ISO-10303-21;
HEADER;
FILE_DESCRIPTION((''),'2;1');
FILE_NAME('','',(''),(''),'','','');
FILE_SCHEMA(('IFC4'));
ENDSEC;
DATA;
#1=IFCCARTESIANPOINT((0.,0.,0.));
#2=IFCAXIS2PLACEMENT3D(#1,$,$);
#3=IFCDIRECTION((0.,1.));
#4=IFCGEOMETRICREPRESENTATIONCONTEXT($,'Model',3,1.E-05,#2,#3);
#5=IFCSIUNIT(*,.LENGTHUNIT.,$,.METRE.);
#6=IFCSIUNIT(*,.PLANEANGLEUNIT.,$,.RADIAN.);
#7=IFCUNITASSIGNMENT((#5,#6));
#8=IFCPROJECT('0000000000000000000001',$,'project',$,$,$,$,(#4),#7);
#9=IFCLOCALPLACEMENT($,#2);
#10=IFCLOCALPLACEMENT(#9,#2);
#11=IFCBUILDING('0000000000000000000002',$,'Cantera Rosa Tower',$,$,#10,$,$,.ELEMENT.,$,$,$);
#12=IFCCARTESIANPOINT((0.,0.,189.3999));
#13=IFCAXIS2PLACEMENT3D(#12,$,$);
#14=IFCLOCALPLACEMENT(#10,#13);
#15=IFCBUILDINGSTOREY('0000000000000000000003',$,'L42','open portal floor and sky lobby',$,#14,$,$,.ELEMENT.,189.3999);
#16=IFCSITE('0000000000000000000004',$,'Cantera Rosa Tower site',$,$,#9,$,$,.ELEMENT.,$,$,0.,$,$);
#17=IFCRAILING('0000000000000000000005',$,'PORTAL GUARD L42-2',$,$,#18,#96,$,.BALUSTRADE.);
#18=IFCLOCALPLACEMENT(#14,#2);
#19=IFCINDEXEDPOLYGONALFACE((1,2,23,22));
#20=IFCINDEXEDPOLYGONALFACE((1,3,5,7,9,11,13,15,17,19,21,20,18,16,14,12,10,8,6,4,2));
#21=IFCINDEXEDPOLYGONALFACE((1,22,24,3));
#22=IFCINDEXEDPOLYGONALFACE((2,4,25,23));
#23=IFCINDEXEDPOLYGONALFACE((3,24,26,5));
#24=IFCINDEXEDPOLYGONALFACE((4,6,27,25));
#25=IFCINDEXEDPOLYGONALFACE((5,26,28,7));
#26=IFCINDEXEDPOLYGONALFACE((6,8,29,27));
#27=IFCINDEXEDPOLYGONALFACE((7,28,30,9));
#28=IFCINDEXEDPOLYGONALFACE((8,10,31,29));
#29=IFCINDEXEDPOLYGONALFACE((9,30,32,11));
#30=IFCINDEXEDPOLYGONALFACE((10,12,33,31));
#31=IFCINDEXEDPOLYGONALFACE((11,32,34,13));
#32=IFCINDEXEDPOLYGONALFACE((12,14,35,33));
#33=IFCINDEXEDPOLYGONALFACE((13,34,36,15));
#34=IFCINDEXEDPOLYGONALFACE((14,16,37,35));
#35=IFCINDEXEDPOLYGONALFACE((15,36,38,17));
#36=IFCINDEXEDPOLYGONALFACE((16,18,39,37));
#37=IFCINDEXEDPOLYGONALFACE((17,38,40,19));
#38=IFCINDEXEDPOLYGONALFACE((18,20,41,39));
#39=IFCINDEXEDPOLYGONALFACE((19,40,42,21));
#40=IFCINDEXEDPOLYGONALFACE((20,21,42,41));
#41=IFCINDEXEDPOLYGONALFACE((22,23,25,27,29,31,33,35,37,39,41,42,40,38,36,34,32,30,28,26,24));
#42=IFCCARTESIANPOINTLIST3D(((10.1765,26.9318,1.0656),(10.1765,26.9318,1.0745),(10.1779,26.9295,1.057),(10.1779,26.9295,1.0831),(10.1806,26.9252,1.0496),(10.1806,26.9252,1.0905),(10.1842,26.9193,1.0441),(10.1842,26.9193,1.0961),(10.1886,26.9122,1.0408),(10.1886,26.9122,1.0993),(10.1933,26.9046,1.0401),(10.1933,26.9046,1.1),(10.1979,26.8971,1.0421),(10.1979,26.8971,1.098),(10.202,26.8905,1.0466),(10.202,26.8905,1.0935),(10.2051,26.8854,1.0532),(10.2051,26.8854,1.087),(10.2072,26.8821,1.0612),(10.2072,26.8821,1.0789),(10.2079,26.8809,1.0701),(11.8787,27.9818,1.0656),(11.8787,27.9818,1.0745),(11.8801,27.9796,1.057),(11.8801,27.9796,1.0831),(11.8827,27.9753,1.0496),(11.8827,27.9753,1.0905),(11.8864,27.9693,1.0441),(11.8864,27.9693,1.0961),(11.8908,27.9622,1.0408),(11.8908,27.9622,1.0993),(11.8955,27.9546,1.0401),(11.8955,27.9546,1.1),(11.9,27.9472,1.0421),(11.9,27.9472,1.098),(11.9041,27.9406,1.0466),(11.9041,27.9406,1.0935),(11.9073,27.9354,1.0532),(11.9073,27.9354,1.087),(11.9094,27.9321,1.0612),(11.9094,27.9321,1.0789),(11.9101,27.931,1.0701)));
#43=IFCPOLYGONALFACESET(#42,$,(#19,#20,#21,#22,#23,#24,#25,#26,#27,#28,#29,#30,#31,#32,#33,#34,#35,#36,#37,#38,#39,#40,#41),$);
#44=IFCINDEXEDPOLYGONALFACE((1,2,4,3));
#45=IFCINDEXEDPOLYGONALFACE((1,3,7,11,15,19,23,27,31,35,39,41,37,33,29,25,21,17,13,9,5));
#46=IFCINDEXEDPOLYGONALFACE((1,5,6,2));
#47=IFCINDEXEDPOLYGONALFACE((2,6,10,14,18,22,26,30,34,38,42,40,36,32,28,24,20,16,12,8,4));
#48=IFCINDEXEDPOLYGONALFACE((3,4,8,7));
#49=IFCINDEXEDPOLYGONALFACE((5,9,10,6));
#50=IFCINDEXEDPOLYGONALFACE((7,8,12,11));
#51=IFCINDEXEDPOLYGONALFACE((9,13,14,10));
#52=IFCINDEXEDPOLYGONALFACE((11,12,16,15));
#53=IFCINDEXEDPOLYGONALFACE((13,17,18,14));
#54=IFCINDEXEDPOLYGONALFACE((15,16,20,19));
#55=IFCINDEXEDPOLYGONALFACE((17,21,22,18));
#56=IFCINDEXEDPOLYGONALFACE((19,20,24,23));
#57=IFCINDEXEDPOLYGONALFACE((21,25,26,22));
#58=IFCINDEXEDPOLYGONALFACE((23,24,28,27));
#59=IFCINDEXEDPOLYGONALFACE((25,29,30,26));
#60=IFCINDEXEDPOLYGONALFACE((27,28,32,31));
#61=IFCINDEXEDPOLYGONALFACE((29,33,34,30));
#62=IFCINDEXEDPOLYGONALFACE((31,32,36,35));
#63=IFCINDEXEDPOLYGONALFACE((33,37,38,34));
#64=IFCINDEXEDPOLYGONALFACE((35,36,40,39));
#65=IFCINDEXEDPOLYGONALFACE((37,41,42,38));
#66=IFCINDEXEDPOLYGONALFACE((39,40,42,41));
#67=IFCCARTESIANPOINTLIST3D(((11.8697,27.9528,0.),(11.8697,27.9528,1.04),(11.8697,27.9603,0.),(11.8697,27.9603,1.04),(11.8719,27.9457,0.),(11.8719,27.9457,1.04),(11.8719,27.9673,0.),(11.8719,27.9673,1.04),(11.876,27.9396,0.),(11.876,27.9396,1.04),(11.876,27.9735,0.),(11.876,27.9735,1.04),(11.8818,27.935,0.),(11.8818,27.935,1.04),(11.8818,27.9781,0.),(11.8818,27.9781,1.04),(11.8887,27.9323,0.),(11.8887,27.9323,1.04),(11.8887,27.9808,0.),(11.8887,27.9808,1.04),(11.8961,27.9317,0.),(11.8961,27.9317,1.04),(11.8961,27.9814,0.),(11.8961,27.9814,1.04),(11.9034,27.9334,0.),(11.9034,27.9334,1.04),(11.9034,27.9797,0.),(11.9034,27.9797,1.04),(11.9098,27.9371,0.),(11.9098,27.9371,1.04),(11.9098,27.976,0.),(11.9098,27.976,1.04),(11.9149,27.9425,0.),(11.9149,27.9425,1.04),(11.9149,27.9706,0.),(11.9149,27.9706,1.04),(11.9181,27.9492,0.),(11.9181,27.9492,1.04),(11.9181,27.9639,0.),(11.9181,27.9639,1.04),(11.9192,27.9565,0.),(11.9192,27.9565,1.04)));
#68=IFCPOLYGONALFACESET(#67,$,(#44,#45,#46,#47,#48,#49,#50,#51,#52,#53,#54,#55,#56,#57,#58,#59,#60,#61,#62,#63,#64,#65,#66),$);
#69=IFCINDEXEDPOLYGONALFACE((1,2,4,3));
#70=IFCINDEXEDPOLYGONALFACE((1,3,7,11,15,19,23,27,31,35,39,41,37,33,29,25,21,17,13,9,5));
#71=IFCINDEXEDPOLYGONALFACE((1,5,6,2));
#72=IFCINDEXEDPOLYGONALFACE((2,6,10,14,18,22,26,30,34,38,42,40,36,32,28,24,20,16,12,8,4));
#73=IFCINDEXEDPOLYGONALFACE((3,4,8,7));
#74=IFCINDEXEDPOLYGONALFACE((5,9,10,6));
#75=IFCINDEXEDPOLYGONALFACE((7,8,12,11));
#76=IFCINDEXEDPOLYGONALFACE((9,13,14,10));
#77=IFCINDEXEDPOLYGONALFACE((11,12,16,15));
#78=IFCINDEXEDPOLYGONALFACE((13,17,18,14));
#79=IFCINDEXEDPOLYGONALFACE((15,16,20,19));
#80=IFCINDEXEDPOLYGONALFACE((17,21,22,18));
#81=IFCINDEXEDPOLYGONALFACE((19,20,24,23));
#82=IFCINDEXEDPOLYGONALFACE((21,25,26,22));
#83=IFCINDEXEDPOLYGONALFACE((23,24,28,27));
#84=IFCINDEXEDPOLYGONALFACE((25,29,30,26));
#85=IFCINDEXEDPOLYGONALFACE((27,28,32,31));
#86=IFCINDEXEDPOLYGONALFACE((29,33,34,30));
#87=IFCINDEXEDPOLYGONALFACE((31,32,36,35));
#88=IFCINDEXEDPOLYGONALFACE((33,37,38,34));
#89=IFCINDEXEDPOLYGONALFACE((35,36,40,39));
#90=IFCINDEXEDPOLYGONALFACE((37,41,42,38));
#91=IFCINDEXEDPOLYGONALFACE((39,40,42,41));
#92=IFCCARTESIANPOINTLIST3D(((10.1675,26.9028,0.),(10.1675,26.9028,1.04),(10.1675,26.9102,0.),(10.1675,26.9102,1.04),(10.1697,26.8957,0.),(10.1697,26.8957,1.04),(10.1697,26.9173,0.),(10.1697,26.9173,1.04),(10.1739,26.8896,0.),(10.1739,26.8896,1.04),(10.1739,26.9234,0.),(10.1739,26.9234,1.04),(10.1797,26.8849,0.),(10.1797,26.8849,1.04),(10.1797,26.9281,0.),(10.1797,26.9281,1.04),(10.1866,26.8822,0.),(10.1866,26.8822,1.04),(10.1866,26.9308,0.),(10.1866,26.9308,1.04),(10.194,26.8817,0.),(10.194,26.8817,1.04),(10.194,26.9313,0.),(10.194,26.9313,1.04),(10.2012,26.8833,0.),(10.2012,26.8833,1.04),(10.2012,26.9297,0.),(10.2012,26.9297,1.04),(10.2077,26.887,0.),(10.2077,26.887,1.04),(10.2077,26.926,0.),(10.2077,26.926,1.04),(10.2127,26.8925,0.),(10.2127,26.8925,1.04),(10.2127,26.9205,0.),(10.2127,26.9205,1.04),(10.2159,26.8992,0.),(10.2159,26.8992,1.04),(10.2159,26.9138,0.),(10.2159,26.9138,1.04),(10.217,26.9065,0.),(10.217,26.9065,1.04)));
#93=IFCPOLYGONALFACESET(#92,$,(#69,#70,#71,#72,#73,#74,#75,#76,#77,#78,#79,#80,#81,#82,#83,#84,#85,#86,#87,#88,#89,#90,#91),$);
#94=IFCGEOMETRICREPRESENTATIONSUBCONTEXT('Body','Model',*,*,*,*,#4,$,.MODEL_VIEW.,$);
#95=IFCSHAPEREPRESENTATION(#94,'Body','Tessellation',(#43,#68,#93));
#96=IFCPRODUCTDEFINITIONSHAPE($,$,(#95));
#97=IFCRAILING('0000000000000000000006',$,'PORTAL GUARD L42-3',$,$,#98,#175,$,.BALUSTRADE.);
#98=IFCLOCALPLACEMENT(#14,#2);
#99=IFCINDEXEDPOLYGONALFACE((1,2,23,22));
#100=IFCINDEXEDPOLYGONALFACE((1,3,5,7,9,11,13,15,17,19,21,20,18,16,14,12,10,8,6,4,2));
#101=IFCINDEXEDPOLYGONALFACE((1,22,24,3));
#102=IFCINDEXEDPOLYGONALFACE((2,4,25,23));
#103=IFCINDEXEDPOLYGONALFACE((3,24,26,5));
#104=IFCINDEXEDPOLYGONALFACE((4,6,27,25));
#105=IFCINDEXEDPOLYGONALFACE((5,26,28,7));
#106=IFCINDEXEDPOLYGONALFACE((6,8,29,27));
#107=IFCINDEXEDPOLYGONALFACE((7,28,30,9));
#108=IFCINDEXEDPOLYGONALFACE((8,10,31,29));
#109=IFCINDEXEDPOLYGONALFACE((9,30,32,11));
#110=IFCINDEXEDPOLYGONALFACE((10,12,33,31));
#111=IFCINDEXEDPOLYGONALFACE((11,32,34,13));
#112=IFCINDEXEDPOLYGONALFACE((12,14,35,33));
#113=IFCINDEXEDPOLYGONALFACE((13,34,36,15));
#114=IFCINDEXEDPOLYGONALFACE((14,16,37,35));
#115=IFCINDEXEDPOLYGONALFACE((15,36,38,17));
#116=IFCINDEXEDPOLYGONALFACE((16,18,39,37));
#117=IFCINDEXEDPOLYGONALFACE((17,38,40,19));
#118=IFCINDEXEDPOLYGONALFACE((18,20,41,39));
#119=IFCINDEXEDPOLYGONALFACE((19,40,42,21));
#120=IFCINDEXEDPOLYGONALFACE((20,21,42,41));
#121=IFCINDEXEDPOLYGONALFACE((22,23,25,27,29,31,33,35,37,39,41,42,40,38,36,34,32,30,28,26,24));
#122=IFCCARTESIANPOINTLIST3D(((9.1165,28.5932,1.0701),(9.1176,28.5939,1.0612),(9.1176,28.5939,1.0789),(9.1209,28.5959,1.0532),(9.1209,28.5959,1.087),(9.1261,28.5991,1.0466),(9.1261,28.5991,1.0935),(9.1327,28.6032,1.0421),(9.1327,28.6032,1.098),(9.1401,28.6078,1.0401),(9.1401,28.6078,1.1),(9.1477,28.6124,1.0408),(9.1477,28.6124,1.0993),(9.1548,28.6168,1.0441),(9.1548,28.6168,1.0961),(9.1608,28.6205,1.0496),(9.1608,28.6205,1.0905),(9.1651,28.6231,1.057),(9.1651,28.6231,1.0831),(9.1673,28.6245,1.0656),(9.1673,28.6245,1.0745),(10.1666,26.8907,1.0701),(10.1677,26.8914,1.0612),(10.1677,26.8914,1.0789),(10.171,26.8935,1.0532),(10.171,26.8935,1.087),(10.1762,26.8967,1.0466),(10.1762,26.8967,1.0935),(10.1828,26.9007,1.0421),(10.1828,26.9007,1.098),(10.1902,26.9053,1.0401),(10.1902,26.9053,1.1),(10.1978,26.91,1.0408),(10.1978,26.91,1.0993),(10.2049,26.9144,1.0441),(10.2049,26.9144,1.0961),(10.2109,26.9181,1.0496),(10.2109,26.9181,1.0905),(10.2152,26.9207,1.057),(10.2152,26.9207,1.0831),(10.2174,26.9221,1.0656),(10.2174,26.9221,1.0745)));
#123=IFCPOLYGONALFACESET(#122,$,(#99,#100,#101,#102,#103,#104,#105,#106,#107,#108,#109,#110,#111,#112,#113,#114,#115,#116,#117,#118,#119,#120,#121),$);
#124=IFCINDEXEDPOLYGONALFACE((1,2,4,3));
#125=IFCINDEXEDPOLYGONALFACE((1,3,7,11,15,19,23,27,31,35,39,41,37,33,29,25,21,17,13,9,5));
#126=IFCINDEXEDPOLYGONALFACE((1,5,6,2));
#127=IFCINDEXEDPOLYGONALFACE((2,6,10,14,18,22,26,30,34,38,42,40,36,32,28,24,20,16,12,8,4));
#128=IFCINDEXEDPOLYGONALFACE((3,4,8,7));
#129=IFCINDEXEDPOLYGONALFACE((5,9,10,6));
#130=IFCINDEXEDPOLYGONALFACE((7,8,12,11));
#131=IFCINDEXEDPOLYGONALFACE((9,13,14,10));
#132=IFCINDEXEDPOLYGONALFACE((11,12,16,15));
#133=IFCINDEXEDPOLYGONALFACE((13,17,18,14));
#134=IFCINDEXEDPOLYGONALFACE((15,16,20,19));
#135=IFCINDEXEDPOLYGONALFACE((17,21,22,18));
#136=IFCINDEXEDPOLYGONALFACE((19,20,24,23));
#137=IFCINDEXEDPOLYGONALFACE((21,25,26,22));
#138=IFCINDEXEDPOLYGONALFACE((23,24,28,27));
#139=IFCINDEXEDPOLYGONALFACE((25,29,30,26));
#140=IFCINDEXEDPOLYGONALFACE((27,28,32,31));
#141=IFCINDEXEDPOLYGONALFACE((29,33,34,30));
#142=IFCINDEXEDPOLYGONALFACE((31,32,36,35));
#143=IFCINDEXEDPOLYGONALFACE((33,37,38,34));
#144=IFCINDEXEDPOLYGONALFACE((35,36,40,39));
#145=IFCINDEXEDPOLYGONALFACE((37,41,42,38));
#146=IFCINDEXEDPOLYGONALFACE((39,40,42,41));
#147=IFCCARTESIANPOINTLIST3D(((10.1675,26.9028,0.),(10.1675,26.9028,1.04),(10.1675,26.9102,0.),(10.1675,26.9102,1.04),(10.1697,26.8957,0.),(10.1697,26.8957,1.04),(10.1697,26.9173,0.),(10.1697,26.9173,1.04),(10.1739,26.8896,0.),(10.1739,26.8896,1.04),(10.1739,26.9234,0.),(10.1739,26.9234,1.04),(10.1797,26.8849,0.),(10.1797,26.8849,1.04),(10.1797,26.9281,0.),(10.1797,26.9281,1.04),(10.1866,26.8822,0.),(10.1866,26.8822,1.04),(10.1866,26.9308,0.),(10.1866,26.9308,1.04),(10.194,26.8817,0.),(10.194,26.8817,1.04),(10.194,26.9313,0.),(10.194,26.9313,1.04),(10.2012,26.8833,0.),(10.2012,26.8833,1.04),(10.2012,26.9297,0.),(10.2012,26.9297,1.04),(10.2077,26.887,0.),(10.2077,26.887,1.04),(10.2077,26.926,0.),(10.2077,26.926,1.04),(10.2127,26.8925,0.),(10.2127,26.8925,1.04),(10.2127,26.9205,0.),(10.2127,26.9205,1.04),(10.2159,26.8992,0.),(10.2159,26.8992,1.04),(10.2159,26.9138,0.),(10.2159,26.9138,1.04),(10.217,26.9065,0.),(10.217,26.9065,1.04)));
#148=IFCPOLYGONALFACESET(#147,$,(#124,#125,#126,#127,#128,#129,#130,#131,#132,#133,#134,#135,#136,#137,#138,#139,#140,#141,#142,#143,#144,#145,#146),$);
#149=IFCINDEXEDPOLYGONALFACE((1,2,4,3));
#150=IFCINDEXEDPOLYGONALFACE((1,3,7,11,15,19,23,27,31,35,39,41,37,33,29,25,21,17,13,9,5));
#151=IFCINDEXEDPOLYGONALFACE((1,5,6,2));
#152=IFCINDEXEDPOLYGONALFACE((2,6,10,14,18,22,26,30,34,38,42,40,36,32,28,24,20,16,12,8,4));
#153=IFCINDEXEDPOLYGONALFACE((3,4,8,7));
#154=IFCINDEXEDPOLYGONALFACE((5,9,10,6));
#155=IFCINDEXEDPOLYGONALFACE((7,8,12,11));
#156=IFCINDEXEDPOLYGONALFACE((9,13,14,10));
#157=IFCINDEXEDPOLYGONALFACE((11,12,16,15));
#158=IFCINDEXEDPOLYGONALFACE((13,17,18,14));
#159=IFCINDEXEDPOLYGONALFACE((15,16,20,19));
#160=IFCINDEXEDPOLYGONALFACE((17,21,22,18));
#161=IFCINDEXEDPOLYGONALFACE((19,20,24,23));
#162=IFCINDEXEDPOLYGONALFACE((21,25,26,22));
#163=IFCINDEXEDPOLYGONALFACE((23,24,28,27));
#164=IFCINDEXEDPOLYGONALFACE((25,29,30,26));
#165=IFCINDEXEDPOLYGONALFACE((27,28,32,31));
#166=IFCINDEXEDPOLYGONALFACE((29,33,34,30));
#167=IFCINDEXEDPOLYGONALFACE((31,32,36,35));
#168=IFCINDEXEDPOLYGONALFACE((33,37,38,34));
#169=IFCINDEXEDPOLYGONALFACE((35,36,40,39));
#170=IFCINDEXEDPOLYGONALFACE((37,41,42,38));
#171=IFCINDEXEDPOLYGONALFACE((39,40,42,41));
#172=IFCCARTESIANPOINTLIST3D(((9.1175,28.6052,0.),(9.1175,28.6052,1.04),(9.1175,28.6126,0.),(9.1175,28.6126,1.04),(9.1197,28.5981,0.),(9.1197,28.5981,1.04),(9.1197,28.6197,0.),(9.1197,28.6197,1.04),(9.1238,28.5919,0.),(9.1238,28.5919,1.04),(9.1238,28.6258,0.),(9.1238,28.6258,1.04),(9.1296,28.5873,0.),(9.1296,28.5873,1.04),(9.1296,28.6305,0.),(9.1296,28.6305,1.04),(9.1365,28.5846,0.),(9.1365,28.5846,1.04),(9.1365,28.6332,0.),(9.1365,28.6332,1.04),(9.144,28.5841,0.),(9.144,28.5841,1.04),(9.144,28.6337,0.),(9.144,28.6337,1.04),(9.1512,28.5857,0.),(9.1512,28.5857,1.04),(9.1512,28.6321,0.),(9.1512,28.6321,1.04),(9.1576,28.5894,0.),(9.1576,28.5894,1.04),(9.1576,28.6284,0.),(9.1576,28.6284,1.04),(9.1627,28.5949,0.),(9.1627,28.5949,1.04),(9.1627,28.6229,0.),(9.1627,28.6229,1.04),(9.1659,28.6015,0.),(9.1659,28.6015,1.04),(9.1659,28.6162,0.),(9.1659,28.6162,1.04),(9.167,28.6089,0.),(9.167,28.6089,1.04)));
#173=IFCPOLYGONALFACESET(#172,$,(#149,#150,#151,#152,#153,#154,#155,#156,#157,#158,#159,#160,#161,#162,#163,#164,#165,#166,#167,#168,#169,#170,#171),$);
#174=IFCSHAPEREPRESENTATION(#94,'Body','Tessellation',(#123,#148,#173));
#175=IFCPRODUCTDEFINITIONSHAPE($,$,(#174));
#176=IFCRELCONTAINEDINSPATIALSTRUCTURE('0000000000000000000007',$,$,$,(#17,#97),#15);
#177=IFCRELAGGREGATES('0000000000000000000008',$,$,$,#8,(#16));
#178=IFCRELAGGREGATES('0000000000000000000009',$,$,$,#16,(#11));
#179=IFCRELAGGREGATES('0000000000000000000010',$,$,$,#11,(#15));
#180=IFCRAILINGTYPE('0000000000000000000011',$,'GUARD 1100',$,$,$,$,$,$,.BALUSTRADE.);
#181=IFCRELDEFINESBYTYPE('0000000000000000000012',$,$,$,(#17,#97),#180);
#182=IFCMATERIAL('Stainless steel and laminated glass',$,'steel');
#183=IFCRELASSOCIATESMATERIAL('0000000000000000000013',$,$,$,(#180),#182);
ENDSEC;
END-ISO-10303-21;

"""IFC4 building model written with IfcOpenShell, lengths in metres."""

from ifc_helpers import new_model, si_unit, direction, frame, origin, origin_2d, place, context, subcontext, project, spatial, circle, extrude, material, type_object, element, save


model = new_model("IFC4")

# Units and contexts
model_context = context("Model", 3, precision=1e-05, world=origin(), true_north=direction((0.0, 1.0)))
body_context = subcontext(model_context, "Body", "Model", "MODEL_VIEW")
ifc_project = project(units=[si_unit("LENGTHUNIT", "METRE"), si_unit("PLANEANGLEUNIT", "RADIAN")], contexts=[model_context])

# Site, building, storey
site_placement = place(None, origin())
site = spatial("IfcSite", under=ifc_project, at=site_placement, Name="Cantera Rosa Tower site", CompositionType="ELEMENT", RefElevation=0.0)
building_placement = place(site_placement, origin())
building = spatial("IfcBuilding", under=site, at=building_placement, Name="Cantera Rosa Tower", CompositionType="ELEMENT")
storey_placement = place(building_placement, frame((0.0, 0.0, 189.3999)))
storey = spatial("IfcBuildingStorey", under=building, at=storey_placement, Name="L42", Description="open portal floor and sky lobby", CompositionType="ELEMENT", Elevation=189.3999)

# Railings
ifc_material_1 = material(Name="Stainless steel and laminated glass", Category="steel")
railing_type_1 = type_object("IfcRailingType", Name="GUARD 1100", PredefinedType="BALUSTRADE", material=ifc_material_1)
railing_1_placement = place(storey_placement, frame((11.8943, 27.9565, 0.0)))
element("IfcRailing", 1, at=railing_1_placement, inside=storey, type_object=railing_type_1, Name="PORTAL GUARD L42-2", PredefinedType="BALUSTRADE", context=body_context, shape_type="SweptSolid", body=[
    extrude(circle(Radius=0.03, at=origin_2d()), frame((0.0, 0.0, 1.0701), z_axis=(-0.851084, -0.52503, 0.0), x_axis=(0.52503, -0.851084, 0.0)), (0.0, 0.0, 1.0), 2.0),
    extrude(circle(Radius=0.0249, at=origin_2d()), origin(), (0.0, 0.0, 1.0), 1.04),
    extrude(circle(Radius=0.0249, at=origin_2d()), frame((-1.7021, -1.05, 0.0)), (0.0, 0.0, 1.0), 1.04),
])
railing_2_placement = place(storey_placement, frame((10.1921, 26.9065, 0.0)))
element("IfcRailing", 2, at=railing_2_placement, inside=storey, type_object=railing_type_1, Name="PORTAL GUARD L42-3", PredefinedType="BALUSTRADE", context=body_context, shape_type="SweptSolid", body=[
    extrude(circle(Radius=0.03, at=origin_2d()), frame((0.0, 0.0, 1.0701), z_axis=(-0.524976, 0.851117, 0.0), x_axis=(-0.851117, -0.524976, 0.0)), (0.0, 0.0, 1.0), 2.0002),
    extrude(circle(Radius=0.0249, at=origin_2d()), origin(), (0.0, 0.0, 1.0), 1.04),
    extrude(circle(Radius=0.0249, at=origin_2d()), frame((-1.05, 1.7024, 0.0)), (0.0, 0.0, 1.0), 1.04),
])

save(model, "model.ifc")
